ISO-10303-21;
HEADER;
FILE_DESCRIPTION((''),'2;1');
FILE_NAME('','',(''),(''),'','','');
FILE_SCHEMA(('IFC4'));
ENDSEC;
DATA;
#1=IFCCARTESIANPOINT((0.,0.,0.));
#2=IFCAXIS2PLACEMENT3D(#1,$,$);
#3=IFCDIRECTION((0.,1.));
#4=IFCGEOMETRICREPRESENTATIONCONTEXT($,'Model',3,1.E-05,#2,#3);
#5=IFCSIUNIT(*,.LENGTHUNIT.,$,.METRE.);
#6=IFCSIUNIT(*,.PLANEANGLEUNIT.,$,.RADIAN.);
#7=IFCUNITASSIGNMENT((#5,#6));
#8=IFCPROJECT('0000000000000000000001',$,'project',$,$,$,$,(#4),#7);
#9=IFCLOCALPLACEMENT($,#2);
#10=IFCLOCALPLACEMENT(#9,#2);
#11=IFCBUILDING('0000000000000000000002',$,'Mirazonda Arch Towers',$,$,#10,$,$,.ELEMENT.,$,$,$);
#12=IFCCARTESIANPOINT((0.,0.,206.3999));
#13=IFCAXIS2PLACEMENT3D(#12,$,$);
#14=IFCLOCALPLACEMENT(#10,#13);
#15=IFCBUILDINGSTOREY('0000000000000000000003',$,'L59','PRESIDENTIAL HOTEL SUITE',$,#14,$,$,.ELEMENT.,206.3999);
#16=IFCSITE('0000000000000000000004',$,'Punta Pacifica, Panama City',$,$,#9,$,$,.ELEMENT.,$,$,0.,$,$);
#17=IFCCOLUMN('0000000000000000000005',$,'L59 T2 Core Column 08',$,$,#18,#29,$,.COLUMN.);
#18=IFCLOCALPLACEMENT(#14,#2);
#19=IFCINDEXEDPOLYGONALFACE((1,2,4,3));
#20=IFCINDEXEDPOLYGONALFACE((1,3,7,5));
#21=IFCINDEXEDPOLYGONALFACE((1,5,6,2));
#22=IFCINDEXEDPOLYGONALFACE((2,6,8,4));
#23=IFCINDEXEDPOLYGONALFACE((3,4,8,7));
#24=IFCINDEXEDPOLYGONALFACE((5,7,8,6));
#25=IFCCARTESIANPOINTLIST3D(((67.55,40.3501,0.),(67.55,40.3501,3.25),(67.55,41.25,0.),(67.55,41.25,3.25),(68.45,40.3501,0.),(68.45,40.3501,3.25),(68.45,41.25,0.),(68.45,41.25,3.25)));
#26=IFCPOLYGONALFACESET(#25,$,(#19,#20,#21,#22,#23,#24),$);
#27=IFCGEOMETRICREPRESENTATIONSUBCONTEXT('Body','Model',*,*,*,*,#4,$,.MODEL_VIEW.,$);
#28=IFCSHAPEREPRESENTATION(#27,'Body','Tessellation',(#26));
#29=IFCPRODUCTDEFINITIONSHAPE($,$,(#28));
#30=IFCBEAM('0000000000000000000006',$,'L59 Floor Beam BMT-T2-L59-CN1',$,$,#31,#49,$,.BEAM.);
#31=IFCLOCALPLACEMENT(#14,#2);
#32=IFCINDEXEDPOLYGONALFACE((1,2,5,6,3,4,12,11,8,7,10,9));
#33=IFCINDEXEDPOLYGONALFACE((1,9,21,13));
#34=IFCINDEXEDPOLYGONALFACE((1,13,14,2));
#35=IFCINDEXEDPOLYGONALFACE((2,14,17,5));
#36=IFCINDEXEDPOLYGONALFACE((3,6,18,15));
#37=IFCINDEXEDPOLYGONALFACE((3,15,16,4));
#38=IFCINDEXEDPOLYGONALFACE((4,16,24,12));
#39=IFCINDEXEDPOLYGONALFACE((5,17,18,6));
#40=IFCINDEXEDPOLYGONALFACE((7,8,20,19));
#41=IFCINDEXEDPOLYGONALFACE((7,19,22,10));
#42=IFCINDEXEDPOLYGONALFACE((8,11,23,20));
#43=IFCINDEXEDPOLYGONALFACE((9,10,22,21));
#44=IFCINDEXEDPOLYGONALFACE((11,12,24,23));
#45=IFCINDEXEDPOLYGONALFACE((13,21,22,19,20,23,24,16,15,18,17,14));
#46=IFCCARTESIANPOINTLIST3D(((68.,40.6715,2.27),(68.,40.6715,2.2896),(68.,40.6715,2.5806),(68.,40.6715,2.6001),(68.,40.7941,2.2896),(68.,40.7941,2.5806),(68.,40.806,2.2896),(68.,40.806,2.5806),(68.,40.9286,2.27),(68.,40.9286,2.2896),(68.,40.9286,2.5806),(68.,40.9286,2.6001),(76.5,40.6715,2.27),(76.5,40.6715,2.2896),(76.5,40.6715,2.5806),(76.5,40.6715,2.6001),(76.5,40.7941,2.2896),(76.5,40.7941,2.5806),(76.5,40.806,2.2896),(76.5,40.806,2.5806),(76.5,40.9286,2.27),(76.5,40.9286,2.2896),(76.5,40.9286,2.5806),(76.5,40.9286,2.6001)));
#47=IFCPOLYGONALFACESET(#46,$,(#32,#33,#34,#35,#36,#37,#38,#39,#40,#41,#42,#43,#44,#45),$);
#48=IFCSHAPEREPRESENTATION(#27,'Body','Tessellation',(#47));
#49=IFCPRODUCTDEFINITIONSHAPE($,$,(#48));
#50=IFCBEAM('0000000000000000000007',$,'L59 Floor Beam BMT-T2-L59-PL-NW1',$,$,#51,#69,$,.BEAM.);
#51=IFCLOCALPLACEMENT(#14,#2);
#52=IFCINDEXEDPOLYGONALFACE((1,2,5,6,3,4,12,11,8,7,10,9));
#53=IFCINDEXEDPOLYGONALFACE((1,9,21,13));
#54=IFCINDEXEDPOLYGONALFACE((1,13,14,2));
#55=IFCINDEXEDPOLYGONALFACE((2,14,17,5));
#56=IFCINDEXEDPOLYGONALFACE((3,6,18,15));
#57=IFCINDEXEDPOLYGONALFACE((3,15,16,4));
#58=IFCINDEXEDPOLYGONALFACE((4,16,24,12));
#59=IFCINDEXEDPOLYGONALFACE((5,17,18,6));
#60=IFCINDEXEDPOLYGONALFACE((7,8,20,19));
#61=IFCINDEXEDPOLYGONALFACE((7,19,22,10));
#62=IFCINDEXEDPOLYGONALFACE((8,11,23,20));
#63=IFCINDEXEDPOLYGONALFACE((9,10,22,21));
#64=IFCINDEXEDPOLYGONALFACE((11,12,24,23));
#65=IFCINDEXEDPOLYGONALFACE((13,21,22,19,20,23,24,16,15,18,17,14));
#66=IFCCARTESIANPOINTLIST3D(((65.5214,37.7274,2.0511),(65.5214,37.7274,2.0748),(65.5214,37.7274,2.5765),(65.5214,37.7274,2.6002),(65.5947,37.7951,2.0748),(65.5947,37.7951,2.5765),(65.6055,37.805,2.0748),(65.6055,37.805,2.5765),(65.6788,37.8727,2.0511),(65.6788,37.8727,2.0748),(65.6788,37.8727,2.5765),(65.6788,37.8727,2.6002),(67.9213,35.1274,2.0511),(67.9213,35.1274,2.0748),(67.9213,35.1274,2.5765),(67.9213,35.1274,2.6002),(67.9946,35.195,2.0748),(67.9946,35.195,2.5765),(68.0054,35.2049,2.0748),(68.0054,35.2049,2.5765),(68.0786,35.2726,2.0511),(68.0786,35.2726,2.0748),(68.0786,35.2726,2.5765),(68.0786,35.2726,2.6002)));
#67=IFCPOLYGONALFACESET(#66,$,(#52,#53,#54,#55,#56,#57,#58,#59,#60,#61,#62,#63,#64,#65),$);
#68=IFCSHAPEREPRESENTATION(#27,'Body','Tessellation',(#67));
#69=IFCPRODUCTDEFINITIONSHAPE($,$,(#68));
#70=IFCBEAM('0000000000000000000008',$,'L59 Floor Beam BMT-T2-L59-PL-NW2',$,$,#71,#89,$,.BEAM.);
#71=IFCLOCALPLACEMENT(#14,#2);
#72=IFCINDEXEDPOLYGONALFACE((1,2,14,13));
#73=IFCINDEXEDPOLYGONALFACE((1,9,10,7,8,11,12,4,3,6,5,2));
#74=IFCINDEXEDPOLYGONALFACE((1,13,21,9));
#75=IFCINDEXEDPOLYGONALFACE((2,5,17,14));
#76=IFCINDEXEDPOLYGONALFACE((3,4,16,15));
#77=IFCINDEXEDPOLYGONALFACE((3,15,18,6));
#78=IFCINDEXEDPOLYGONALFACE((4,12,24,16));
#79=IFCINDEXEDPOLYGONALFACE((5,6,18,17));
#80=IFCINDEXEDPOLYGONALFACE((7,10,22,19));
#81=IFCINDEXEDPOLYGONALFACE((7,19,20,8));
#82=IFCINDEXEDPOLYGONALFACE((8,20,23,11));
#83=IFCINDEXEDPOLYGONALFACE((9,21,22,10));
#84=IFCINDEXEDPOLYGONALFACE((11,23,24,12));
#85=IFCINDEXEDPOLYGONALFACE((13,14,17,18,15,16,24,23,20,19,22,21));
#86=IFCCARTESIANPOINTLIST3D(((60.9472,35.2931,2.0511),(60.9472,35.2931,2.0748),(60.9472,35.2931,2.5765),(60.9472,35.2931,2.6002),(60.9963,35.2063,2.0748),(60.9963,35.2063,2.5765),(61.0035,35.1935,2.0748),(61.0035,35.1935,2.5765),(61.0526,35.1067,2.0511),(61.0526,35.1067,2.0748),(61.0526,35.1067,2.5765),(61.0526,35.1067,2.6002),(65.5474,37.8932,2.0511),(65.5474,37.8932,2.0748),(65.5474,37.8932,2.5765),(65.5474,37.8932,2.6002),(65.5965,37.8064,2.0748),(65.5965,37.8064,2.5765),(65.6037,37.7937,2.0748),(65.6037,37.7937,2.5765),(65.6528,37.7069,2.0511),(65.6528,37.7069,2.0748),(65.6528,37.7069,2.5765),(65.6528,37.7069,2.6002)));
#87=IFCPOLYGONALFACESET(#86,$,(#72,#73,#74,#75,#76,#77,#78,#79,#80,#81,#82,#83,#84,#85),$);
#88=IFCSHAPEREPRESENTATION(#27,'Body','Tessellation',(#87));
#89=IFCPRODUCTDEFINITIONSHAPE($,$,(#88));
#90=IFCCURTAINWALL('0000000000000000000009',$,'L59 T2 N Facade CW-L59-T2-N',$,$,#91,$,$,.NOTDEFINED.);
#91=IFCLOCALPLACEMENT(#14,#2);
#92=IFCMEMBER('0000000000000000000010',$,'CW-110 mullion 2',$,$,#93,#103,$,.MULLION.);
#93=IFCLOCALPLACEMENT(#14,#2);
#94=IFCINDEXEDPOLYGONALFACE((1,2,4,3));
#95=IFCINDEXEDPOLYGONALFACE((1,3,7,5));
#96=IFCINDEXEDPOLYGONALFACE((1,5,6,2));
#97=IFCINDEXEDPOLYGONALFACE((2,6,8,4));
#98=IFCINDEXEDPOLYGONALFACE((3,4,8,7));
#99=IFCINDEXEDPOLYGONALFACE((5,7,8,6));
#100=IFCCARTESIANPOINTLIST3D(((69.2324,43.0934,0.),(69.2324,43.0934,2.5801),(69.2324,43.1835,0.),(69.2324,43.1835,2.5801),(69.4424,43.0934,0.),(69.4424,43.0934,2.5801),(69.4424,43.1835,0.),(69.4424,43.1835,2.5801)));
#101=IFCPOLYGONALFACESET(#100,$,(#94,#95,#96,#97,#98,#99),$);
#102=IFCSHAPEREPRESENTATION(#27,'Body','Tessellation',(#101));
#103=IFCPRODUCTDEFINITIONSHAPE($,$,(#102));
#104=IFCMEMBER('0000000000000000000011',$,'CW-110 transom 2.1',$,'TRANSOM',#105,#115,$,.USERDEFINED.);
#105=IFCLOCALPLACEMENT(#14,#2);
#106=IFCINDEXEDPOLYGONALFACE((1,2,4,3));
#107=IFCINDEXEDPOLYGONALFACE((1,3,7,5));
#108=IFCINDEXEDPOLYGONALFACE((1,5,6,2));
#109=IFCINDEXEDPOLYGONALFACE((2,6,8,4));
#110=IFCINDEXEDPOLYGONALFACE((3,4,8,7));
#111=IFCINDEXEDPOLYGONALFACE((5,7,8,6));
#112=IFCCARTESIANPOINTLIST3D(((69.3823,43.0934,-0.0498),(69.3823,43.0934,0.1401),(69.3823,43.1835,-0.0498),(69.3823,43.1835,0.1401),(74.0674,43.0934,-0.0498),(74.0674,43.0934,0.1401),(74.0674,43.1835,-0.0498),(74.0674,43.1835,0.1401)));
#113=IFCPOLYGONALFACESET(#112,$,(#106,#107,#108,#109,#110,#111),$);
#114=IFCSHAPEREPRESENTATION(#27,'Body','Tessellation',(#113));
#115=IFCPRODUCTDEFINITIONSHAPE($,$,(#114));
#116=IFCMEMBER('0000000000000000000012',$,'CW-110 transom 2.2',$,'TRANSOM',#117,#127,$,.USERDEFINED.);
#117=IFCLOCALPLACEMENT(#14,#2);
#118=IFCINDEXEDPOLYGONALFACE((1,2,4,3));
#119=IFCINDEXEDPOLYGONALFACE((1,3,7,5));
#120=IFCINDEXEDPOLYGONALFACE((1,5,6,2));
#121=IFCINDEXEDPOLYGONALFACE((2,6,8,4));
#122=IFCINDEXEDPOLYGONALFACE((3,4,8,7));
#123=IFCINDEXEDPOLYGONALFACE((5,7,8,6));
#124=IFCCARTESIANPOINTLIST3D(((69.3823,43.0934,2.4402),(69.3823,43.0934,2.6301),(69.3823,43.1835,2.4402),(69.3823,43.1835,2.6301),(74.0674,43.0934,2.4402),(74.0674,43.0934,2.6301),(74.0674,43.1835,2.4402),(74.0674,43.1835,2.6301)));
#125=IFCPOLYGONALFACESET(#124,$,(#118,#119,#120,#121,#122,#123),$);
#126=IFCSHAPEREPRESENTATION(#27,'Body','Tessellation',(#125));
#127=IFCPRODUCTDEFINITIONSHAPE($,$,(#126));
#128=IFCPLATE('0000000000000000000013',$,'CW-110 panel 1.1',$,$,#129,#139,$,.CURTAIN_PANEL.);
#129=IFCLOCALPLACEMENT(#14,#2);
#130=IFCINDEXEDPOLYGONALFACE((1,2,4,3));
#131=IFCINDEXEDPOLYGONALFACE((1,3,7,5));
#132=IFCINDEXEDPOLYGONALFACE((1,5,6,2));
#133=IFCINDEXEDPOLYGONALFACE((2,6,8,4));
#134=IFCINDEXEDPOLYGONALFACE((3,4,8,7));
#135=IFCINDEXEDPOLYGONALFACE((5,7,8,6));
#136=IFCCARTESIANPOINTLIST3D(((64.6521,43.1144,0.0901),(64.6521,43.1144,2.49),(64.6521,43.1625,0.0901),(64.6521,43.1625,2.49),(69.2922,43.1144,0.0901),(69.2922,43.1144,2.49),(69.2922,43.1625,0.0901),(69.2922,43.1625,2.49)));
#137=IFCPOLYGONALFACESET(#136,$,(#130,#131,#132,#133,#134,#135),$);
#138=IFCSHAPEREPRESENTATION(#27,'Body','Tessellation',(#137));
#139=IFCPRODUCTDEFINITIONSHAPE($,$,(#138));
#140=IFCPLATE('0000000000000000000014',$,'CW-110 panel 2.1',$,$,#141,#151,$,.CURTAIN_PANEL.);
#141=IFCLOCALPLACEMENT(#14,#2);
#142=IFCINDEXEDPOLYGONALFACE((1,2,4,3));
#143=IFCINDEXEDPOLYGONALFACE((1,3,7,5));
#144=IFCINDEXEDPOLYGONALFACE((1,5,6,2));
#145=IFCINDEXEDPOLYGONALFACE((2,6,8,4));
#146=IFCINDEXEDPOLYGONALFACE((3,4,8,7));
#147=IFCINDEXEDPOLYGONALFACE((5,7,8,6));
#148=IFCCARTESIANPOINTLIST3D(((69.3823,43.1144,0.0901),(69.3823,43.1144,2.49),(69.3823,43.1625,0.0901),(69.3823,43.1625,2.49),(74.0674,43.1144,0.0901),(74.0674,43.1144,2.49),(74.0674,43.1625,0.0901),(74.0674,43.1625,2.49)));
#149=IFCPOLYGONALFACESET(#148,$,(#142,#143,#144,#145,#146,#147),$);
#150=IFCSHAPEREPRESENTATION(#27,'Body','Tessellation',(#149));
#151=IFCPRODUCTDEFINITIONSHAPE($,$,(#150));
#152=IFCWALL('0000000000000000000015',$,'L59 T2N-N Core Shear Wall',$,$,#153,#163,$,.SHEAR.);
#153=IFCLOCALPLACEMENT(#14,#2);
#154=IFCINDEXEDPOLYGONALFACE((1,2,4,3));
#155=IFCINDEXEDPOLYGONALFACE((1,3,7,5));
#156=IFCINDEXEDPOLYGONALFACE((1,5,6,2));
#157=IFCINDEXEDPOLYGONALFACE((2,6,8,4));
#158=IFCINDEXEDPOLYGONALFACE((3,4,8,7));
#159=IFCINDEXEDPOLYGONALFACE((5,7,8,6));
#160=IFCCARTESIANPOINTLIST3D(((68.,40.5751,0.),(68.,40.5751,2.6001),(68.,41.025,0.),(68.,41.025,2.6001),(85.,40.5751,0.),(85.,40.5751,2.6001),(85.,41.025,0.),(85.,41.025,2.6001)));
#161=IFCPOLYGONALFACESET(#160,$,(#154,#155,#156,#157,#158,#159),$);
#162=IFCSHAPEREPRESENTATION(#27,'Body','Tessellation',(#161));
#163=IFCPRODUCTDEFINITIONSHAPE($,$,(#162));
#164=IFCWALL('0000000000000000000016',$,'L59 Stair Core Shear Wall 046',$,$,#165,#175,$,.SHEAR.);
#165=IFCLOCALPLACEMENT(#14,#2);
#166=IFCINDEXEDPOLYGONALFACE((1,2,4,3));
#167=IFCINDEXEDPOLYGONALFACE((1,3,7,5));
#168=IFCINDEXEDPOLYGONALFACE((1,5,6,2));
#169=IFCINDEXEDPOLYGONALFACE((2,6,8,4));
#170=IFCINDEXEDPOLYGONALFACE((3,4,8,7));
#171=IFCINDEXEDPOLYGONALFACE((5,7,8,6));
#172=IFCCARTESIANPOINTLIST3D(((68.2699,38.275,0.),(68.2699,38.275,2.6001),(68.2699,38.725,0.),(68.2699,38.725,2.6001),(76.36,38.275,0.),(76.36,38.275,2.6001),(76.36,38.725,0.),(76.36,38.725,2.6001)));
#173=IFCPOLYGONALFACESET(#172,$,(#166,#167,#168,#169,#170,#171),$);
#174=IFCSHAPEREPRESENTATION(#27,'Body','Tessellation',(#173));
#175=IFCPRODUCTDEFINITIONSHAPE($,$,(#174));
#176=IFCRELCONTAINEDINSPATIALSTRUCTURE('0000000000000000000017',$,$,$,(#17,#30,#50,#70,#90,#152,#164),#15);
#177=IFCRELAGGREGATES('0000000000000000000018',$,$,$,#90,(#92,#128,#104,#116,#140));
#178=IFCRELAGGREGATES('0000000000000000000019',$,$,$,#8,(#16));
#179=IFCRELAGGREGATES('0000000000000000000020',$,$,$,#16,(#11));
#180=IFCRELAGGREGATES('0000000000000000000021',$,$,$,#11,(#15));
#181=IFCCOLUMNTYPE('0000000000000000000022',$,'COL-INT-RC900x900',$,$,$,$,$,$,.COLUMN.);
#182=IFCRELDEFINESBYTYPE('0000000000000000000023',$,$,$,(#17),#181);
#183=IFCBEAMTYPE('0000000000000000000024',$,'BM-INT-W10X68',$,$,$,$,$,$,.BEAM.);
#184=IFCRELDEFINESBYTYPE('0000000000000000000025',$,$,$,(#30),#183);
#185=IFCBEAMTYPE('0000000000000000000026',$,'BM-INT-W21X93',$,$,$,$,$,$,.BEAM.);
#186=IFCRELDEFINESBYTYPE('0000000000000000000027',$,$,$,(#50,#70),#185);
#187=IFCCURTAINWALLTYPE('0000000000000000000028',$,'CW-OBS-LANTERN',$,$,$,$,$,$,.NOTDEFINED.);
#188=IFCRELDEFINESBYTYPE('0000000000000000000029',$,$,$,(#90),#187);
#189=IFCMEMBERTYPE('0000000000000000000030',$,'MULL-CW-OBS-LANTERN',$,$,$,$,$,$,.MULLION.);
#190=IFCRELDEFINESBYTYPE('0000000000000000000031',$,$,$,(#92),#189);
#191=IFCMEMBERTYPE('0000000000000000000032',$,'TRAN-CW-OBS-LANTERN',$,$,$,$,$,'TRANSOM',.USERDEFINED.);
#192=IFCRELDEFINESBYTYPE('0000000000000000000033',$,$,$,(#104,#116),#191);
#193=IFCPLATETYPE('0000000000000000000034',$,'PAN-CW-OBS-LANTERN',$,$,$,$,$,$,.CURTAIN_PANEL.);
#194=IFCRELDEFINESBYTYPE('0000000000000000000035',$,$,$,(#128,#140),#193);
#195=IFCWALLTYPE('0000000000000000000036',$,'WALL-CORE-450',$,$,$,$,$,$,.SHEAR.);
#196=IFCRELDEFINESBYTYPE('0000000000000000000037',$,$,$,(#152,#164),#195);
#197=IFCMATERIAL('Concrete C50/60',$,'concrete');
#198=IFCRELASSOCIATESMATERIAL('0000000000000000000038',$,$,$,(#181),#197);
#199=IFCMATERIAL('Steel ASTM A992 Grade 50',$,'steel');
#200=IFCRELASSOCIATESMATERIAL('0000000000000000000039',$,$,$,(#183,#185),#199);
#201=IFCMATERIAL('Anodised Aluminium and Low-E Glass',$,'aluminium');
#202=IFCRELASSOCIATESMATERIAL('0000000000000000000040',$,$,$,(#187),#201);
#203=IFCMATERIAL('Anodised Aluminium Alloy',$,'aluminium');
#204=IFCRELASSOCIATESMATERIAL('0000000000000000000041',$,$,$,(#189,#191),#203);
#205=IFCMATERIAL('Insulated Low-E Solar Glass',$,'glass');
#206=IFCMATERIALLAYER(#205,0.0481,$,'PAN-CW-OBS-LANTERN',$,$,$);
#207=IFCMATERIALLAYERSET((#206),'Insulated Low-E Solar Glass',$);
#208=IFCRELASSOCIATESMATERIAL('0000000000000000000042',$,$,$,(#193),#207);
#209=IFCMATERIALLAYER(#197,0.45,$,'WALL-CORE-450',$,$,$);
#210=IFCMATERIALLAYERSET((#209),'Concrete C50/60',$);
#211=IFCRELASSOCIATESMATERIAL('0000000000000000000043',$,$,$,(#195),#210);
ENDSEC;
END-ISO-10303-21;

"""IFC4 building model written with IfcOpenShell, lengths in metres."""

from ifc_helpers import new_model, si_unit, direction, frame, frame_2d, origin, origin_2d, place, context, subcontext, project, spatial, rectangle, i_section, extrude, material, layer, layer_set, material_profile, profile_set, type_object, element, aggregate, save


model = new_model("IFC4")

# Units and contexts
model_context = context("Model", 3, precision=1e-05, world=origin(), true_north=direction((0.0, 1.0)))
body_context = subcontext(model_context, "Body", "Model", "MODEL_VIEW")
ifc_project = project(units=[si_unit("LENGTHUNIT", "METRE"), si_unit("PLANEANGLEUNIT", "RADIAN")], contexts=[model_context])

# Site, building, storey
site_placement = place(None, origin())
site = spatial("IfcSite", under=ifc_project, at=site_placement, Name="Punta Pacifica, Panama City", CompositionType="ELEMENT", RefElevation=0.0)
building_placement = place(site_placement, origin())
building = spatial("IfcBuilding", under=site, at=building_placement, Name="Mirazonda Arch Towers", CompositionType="ELEMENT")
storey_placement = place(building_placement, frame((0.0, 0.0, 206.3999)))
storey = spatial("IfcBuildingStorey", under=building, at=storey_placement, Name="L59", Description="PRESIDENTIAL HOTEL SUITE", CompositionType="ELEMENT", Elevation=206.3999)

# Column
ifc_material_1 = material(Name="Concrete C50/60", Category="concrete")
ifc_material_profile_1 = material_profile(ifc_material_1, rectangle(XDim=0.8999, YDim=0.8999, at=origin_2d()), Name="RC900x900")
ifc_profile_set_1 = profile_set([ifc_material_profile_1], Name="Concrete C50/60")
column_type = type_object("IfcColumnType", Name="COL-INT-RC900x900", PredefinedType="COLUMN", material=ifc_profile_set_1)
column_placement = place(storey_placement, frame((68.0, 40.8, 0.0), z_axis=(0.0, 0.0, 1.0), x_axis=(1.0, 0.0, 0.0)))
element("IfcColumn", 1, at=column_placement, inside=storey, type_object=column_type, Name="L59 T2 Core Column 08", PredefinedType="COLUMN", context=body_context, shape_type="SweptSolid", body=[
    extrude(rectangle(XDim=0.8999, YDim=0.8999, at=origin_2d()), origin(), (0.0, 0.0, 1.0), 3.25),
])

# Beams
ifc_material_2 = material(Name="Steel ASTM A992 Grade 50", Category="steel")
ifc_material_profile_2 = material_profile(ifc_material_2, i_section(OverallWidth=0.2571, OverallDepth=0.3301, WebThickness=0.012, FlangeThickness=0.0195, at=origin_2d()), Name="W10X68")
ifc_profile_set_2 = profile_set([ifc_material_profile_2], Name="Steel ASTM A992 Grade 50")
beam_type_1 = type_object("IfcBeamType", Name="BM-INT-W10X68", PredefinedType="BEAM", material=ifc_profile_set_2)
beam_1_placement = place(storey_placement, frame((68.0, 40.8, 2.4351), z_axis=(1.0, 0.0, 0.0), x_axis=(0.0, 1.0, 0.0)))
element("IfcBeam", 2, at=beam_1_placement, inside=storey, type_object=beam_type_1, Name="L59 Floor Beam BMT-T2-L59-CN1", PredefinedType="BEAM", context=body_context, shape_type="SweptSolid", body=[
    extrude(i_section(OverallWidth=0.2571, OverallDepth=0.3301, WebThickness=0.012, FlangeThickness=0.0195, at=origin_2d()), origin(), (0.0, 0.0, 1.0), 8.5),
])
ifc_material_profile_3 = material_profile(ifc_material_2, i_section(OverallWidth=0.2141, OverallDepth=0.5491, WebThickness=0.0146, FlangeThickness=0.0237, at=origin_2d()), Name="W21X93")
ifc_profile_set_3 = profile_set([ifc_material_profile_3], Name="Steel ASTM A992 Grade 50")
beam_type_2 = type_object("IfcBeamType", Name="BM-INT-W21X93", PredefinedType="BEAM", material=ifc_profile_set_3)
beam_2_placement = place(storey_placement, frame((65.6001, 37.8, 2.3257), z_axis=(0.678251, -0.73483, 0.0), x_axis=(0.73483, 0.678251, 0.0)))
element("IfcBeam", 3, at=beam_2_placement, inside=storey, type_object=beam_type_2, Name="L59 Floor Beam BMT-T2-L59-PL-NW1", PredefinedType="BEAM", context=body_context, shape_type="SweptSolid", body=[
    extrude(i_section(OverallWidth=0.2141, OverallDepth=0.5491, WebThickness=0.0146, FlangeThickness=0.0237, at=origin_2d()), origin(), (0.0, 0.0, 1.0), 3.5383),
])
beam_3_placement = place(storey_placement, frame((65.6001, 37.8, 2.3257), z_axis=(-0.870559, -0.492063, 0.0), x_axis=(0.492063, -0.870559, 0.0)))
element("IfcBeam", 4, at=beam_3_placement, inside=storey, type_object=beam_type_2, Name="L59 Floor Beam BMT-T2-L59-PL-NW2", PredefinedType="BEAM", context=body_context, shape_type="SweptSolid", body=[
    extrude(i_section(OverallWidth=0.2141, OverallDepth=0.5491, WebThickness=0.0146, FlangeThickness=0.0237, at=origin_2d()), origin(), (0.0, 0.0, 1.0), 5.2842),
])

# Curtain wall, members, plates
ifc_material_3 = material(Name="Anodised Aluminium and Low-E Glass", Category="aluminium")
curtain_wall_type = type_object("IfcCurtainWallType", Name="CW-OBS-LANTERN", PredefinedType="NOTDEFINED", material=ifc_material_3)
curtain_wall_placement = place(storey_placement, origin())
curtain_wall = element("IfcCurtainWall", 5, at=curtain_wall_placement, inside=storey, type_object=curtain_wall_type, Name="L59 T2 N Facade CW-L59-T2-N", PredefinedType="NOTDEFINED")
ifc_material_4 = material(Name="Anodised Aluminium Alloy", Category="aluminium")
ifc_material_profile_4 = material_profile(ifc_material_4, rectangle(XDim=0.0901, YDim=0.21, at=origin_2d()), Name="ALU-MULL-90x210")
ifc_profile_set_4 = profile_set([ifc_material_profile_4], Name="Anodised Aluminium Alloy")
member_type_1 = type_object("IfcMemberType", Name="MULL-CW-OBS-LANTERN", PredefinedType="MULLION", material=ifc_profile_set_4)
member_1_placement = place(storey_placement, frame((69.3374, 43.1384, 0.0), z_axis=(0.0, 0.0, 1.0), x_axis=(0.0, 1.0, 0.0)))
member_1 = element("IfcMember", 6, at=member_1_placement, type_object=member_type_1, Name="CW-110 mullion 2", PredefinedType="MULLION", context=body_context, shape_type="SweptSolid", body=[
    extrude(rectangle(XDim=0.0901, YDim=0.21, at=origin_2d()), origin(), (0.0, 0.0, 1.0), 2.5801),
])
ifc_material_profile_5 = material_profile(ifc_material_4, rectangle(XDim=0.0901, YDim=0.1899, at=origin_2d()), Name="ALU-TRAN-90x190")
ifc_profile_set_5 = profile_set([ifc_material_profile_5], Name="Anodised Aluminium Alloy")
member_type_2 = type_object("IfcMemberType", Name="TRAN-CW-OBS-LANTERN", ElementType="TRANSOM", PredefinedType="USERDEFINED", material=ifc_profile_set_5)
member_2_placement = place(storey_placement, frame((69.3823, 43.1384, 0.0452), z_axis=(1.0, 0.0, 0.0), x_axis=(0.0, 1.0, 0.0)))
member_2 = element("IfcMember", 7, at=member_2_placement, type_object=member_type_2, Name="CW-110 transom 2.1", ObjectType="TRANSOM", PredefinedType="USERDEFINED", context=body_context, shape_type="SweptSolid", body=[
    extrude(rectangle(XDim=0.0901, YDim=0.1899, at=origin_2d()), origin(), (0.0, 0.0, 1.0), 4.6851),
])
member_3_placement = place(storey_placement, frame((69.3823, 43.1384, 2.5352), z_axis=(1.0, 0.0, 0.0), x_axis=(0.0, 1.0, 0.0)))
member_3 = element("IfcMember", 8, at=member_3_placement, type_object=member_type_2, Name="CW-110 transom 2.2", ObjectType="TRANSOM", PredefinedType="USERDEFINED", context=body_context, shape_type="SweptSolid", body=[
    extrude(rectangle(XDim=0.0901, YDim=0.1899, at=origin_2d()), origin(), (0.0, 0.0, 1.0), 4.6851),
])
ifc_material_5 = material(Name="Insulated Low-E Solar Glass", Category="glass")
ifc_layer_1 = layer(ifc_material_5, 0.0481, Name="PAN-CW-OBS-LANTERN")
ifc_layer_set_1 = layer_set([ifc_layer_1], Name="Insulated Low-E Solar Glass")
plate_type = type_object("IfcPlateType", Name="PAN-CW-OBS-LANTERN", PredefinedType="CURTAIN_PANEL", material=ifc_layer_set_1)
plate_1_placement = place(storey_placement, frame((66.9722, 43.1384, 0.0901), z_axis=(0.0, 0.0, 1.0), x_axis=(1.0, 0.0, 0.0)))
plate_1 = element("IfcPlate", 9, at=plate_1_placement, type_object=plate_type, Name="CW-110 panel 1.1", PredefinedType="CURTAIN_PANEL", context=body_context, shape_type="SweptSolid", body=[
    extrude(rectangle(XDim=4.6401, YDim=0.0481, at=origin_2d()), origin(), (0.0, 0.0, 1.0), 2.3999),
])
plate_2_placement = place(storey_placement, frame((71.7249, 43.1384, 0.0901), z_axis=(0.0, 0.0, 1.0), x_axis=(1.0, 0.0, 0.0)))
plate_2 = element("IfcPlate", 10, at=plate_2_placement, type_object=plate_type, Name="CW-110 panel 2.1", PredefinedType="CURTAIN_PANEL", context=body_context, shape_type="SweptSolid", body=[
    extrude(rectangle(XDim=4.6851, YDim=0.0481, at=origin_2d()), origin(), (0.0, 0.0, 1.0), 2.3999),
])
aggregate(curtain_wall, [member_1, plate_1, member_2, member_3, plate_2])

# Walls
ifc_layer_2 = layer(ifc_material_1, 0.45, Name="WALL-CORE-450")
ifc_layer_set_2 = layer_set([ifc_layer_2], Name="Concrete C50/60")
wall_type = type_object("IfcWallType", Name="WALL-CORE-450", PredefinedType="SHEAR", material=ifc_layer_set_2)
wall_1_placement = place(storey_placement, frame((68.0, 40.8, 0.0), z_axis=(0.0, 0.0, 1.0), x_axis=(1.0, 0.0, 0.0)))
element("IfcWall", 11, at=wall_1_placement, inside=storey, type_object=wall_type, Name="L59 T2N-N Core Shear Wall", PredefinedType="SHEAR", context=body_context, shape_type="SweptSolid", body=[
    extrude(rectangle(XDim=17.0, YDim=0.45, at=frame_2d((8.5, 0.0))), origin(), (0.0, 0.0, 1.0), 2.6001),
])
wall_2_placement = place(storey_placement, frame((68.27, 38.5, 0.0), z_axis=(0.0, 0.0, 1.0), x_axis=(1.0, 0.0, 0.0)))
element("IfcWall", 12, at=wall_2_placement, inside=storey, type_object=wall_type, Name="L59 Stair Core Shear Wall 046", PredefinedType="SHEAR", context=body_context, shape_type="SweptSolid", body=[
    extrude(rectangle(XDim=8.0901, YDim=0.45, at=frame_2d((4.0449, 0.0))), origin(), (0.0, 0.0, 1.0), 2.6001),
])

save(model, "model.ifc")
